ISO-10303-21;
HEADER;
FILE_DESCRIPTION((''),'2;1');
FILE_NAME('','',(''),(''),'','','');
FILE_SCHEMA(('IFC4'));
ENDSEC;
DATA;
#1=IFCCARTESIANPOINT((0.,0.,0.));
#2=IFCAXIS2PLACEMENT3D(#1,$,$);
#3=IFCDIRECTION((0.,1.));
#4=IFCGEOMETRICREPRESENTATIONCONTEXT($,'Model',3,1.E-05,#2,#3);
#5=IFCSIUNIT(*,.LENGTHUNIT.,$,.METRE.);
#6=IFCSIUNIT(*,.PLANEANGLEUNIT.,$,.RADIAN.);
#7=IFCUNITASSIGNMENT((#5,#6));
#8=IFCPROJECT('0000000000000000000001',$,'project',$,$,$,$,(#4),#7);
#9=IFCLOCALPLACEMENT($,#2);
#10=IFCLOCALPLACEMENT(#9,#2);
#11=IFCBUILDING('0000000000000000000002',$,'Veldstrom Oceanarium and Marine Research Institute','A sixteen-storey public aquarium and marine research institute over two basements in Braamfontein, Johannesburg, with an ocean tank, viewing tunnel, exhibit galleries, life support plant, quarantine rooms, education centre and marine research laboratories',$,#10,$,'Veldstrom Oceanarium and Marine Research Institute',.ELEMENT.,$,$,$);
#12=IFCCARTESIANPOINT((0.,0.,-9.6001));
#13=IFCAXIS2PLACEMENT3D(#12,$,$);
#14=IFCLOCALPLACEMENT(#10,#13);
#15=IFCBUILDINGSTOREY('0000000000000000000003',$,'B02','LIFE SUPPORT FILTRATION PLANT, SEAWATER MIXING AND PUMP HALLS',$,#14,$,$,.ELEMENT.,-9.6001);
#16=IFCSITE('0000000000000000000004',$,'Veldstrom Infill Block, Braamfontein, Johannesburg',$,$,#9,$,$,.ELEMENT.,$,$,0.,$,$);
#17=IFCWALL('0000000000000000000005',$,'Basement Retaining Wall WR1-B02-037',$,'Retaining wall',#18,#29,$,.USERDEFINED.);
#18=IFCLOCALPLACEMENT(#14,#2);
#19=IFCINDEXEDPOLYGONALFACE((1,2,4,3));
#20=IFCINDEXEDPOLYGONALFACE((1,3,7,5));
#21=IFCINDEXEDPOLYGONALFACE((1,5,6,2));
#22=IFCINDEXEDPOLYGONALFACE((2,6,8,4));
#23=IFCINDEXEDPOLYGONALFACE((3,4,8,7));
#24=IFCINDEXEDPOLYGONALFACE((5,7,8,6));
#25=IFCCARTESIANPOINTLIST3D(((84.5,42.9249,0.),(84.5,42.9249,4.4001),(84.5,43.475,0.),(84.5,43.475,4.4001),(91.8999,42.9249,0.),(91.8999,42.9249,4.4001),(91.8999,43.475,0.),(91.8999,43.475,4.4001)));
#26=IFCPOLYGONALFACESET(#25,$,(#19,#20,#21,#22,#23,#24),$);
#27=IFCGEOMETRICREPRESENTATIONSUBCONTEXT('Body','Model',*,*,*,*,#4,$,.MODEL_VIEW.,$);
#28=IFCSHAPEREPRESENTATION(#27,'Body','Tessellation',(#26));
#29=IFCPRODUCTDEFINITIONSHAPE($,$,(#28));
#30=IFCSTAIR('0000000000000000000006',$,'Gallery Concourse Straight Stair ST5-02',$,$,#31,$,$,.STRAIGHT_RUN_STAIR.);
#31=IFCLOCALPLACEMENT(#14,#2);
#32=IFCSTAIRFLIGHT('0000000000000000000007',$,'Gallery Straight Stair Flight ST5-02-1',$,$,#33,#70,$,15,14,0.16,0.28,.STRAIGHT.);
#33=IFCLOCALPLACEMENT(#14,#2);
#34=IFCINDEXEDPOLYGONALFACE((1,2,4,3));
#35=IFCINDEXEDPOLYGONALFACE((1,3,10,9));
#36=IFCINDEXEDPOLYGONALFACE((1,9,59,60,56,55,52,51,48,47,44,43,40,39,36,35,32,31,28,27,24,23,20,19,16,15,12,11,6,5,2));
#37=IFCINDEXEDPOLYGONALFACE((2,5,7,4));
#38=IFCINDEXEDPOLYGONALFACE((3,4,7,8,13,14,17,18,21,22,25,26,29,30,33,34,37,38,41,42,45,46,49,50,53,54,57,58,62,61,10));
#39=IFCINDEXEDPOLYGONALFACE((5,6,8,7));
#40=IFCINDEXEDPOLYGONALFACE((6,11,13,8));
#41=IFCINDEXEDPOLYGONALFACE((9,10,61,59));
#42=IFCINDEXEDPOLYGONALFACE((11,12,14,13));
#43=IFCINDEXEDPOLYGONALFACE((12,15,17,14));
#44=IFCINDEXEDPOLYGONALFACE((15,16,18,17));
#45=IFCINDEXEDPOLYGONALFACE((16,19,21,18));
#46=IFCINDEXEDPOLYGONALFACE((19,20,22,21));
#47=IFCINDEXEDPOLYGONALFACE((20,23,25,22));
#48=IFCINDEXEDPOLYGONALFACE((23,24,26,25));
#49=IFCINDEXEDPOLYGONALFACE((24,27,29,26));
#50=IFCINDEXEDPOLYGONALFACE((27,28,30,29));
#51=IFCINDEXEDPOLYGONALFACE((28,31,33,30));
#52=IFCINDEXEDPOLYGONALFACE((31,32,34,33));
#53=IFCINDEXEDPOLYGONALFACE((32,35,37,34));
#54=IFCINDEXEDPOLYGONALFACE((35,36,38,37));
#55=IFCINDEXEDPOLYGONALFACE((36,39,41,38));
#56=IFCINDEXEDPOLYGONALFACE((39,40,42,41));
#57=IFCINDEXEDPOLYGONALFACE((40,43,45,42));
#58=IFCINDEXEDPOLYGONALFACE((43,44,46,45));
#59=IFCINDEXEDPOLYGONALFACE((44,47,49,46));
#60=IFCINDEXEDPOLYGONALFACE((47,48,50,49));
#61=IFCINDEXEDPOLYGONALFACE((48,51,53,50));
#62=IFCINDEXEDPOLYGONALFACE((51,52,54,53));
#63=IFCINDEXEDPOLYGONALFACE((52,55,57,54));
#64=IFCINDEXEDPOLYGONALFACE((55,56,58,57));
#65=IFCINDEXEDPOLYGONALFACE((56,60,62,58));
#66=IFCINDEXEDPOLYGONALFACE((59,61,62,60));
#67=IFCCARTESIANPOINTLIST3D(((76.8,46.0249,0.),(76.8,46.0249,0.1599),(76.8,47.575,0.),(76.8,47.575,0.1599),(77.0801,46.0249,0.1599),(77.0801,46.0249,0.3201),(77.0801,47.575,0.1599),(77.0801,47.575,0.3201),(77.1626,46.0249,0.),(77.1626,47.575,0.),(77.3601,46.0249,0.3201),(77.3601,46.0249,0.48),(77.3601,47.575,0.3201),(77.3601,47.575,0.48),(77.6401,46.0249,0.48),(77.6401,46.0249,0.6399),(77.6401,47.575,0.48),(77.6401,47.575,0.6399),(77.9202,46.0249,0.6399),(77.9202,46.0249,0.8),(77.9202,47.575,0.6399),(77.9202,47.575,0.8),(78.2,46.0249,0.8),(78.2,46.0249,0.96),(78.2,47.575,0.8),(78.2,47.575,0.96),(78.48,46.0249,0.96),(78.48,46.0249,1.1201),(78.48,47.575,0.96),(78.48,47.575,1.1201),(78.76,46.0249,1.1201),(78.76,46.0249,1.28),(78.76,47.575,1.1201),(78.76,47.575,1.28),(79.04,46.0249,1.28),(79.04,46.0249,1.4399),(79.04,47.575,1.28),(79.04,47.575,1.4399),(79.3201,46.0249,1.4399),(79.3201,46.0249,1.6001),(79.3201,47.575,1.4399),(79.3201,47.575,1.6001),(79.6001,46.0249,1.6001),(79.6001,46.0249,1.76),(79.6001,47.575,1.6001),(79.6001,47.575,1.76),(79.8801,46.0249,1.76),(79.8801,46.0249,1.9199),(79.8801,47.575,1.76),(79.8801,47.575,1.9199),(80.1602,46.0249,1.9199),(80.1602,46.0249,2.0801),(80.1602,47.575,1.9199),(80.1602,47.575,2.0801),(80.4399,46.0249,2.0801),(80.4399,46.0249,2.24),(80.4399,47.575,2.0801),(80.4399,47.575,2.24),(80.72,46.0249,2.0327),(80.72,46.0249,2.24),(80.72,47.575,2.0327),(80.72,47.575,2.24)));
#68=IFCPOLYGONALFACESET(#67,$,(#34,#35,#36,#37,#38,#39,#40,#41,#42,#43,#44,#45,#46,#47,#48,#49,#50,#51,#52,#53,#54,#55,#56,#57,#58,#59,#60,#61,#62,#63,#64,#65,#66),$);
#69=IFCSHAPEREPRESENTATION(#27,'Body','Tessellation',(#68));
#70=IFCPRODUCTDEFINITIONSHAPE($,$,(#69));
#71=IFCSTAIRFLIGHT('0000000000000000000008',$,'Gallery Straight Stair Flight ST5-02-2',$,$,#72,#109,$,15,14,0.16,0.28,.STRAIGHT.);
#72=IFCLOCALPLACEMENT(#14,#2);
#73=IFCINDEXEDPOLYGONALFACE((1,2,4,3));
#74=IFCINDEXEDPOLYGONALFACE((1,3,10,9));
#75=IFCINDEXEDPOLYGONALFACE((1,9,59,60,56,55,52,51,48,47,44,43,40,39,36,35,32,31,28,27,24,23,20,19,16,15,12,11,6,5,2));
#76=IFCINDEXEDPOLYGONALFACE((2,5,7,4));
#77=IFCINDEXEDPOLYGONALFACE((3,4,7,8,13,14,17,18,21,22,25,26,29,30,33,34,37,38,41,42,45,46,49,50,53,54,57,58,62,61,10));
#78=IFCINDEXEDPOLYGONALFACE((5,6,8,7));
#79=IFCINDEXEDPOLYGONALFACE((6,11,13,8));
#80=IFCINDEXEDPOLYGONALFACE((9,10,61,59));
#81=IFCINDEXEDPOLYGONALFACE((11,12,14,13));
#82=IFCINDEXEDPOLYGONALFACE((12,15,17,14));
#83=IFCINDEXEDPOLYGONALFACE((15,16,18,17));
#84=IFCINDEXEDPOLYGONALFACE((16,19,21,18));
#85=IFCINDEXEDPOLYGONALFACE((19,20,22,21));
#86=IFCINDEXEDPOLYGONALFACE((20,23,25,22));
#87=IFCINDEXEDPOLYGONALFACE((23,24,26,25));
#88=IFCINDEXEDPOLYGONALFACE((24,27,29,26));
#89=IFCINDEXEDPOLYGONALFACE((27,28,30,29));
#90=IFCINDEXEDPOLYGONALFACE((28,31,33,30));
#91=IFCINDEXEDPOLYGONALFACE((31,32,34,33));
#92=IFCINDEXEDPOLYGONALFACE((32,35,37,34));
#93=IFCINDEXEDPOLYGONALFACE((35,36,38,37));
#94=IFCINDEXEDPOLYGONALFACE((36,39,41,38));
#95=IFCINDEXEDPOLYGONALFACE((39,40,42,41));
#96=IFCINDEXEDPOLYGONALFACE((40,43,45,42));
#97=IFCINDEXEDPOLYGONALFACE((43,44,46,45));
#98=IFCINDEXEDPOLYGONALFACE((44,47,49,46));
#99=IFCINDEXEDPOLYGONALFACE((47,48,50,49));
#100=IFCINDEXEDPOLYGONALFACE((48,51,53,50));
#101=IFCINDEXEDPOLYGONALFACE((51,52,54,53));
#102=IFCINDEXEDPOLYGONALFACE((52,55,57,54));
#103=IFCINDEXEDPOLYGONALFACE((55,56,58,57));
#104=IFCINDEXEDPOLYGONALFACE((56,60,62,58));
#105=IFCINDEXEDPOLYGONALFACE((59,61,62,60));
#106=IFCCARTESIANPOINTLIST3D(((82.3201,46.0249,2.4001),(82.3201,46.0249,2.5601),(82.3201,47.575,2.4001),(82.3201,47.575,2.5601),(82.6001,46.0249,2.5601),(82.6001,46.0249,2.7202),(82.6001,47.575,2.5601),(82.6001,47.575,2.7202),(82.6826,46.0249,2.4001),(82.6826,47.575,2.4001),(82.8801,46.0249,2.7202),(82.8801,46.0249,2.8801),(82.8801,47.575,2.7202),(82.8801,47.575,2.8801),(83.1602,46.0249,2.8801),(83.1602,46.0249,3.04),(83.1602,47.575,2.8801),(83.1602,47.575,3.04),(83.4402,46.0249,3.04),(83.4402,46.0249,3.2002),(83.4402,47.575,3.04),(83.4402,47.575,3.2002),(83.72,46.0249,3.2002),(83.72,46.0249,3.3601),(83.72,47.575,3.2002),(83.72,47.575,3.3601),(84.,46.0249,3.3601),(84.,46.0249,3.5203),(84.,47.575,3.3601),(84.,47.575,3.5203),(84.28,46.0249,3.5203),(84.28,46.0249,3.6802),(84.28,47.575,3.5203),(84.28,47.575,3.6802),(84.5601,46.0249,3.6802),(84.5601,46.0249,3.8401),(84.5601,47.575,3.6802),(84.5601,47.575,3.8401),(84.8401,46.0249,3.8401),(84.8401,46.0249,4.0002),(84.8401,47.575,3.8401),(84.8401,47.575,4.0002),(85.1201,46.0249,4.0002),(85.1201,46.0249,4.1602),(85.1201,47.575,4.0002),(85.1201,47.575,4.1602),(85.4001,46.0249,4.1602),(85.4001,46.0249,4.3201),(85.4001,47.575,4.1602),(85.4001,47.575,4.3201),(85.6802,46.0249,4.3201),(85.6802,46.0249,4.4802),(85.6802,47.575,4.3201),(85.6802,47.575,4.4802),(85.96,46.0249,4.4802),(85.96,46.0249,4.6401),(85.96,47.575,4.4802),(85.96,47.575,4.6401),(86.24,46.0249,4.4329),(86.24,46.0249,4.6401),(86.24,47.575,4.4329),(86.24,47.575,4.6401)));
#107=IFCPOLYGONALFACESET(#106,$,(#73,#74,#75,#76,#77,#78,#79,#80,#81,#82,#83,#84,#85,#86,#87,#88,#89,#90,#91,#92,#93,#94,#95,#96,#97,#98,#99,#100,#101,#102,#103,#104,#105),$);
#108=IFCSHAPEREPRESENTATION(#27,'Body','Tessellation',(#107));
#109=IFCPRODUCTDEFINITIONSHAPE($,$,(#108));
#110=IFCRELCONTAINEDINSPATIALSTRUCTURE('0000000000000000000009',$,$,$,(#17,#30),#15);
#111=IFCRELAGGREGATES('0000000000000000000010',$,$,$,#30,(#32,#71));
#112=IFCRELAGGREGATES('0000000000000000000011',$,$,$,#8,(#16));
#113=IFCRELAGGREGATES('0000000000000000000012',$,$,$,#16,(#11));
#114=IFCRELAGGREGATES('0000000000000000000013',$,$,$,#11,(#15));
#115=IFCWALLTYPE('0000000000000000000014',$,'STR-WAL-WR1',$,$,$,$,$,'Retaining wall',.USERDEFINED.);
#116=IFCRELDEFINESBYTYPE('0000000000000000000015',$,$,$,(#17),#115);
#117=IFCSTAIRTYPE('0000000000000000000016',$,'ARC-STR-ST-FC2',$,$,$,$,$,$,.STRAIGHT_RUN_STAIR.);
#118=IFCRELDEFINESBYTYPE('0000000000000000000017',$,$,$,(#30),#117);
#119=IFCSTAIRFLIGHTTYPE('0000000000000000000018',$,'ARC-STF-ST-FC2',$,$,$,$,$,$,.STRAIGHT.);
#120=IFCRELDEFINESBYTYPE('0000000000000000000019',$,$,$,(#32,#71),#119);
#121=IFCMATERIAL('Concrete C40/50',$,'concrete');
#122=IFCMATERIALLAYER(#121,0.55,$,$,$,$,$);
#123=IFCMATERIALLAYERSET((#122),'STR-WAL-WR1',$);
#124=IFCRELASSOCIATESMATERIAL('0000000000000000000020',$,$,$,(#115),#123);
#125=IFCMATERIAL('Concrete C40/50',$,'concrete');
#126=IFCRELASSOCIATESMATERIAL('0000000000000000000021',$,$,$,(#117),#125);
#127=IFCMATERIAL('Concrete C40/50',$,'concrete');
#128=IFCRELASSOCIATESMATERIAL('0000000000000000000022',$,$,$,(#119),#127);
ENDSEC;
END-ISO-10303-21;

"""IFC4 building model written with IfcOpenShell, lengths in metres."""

from ifc_helpers import new_model, si_unit, direction, frame, frame_2d, origin, place, context, subcontext, project, spatial, polyline, rectangle, outline, extrude, material, layer, layer_set, type_object, element, aggregate, save


model = new_model("IFC4")

# Units and contexts
model_context = context("Model", 3, precision=1e-05, world=origin(), true_north=direction((0.0, 1.0)))
body_context = subcontext(model_context, "Body", "Model", "MODEL_VIEW")
ifc_project = project(units=[si_unit("LENGTHUNIT", "METRE"), si_unit("PLANEANGLEUNIT", "RADIAN")], contexts=[model_context])

# Site, building, storey
site_placement = place(None, origin())
site = spatial("IfcSite", under=ifc_project, at=site_placement, Name="Veldstrom Infill Block, Braamfontein, Johannesburg", CompositionType="ELEMENT", RefElevation=0.0)
building_placement = place(site_placement, origin())
building = spatial("IfcBuilding", under=site, at=building_placement, Name="Veldstrom Oceanarium and Marine Research Institute", Description="A sixteen-storey public aquarium and marine research institute over two basements in Braamfontein, Johannesburg, with an ocean tank, viewing tunnel, exhibit galleries, life support plant, quarantine rooms, education centre and marine research laboratories", LongName="Veldstrom Oceanarium and Marine Research Institute", CompositionType="ELEMENT")
storey_placement = place(building_placement, frame((0.0, 0.0, -9.6001)))
storey = spatial("IfcBuildingStorey", under=building, at=storey_placement, Name="B02", Description="LIFE SUPPORT FILTRATION PLANT, SEAWATER MIXING AND PUMP HALLS", CompositionType="ELEMENT", Elevation=-9.6001)

# Wall
ifc_material_1 = material(Name="Concrete C40/50", Category="concrete")
ifc_layer_1 = layer(ifc_material_1, 0.55)
ifc_layer_set_1 = layer_set([ifc_layer_1], Name="STR-WAL-WR1")
wall_type = type_object("IfcWallType", Name="STR-WAL-WR1", ElementType="Retaining wall", PredefinedType="USERDEFINED", material=ifc_layer_set_1)
wall_placement = place(storey_placement, frame((84.5, 43.2, 0.0), z_axis=(0.0, 0.0, 1.0), x_axis=(1.0, 0.0, 0.0)))
element("IfcWall", 1, at=wall_placement, inside=storey, type_object=wall_type, Name="Basement Retaining Wall WR1-B02-037", ObjectType="Retaining wall", PredefinedType="USERDEFINED", context=body_context, shape_type="SweptSolid", body=[
    extrude(rectangle(XDim=7.3999, YDim=0.55, at=frame_2d((3.7, 0.0))), origin(), (0.0, 0.0, 1.0), 4.4001),
])

# Stair, stair flights
ifc_material_2 = material(Name="Concrete C40/50", Category="concrete")
stair_type = type_object("IfcStairType", Name="ARC-STR-ST-FC2", PredefinedType="STRAIGHT_RUN_STAIR", material=ifc_material_2)
stair_placement = place(storey_placement, origin())
stair = element("IfcStair", 2, at=stair_placement, inside=storey, type_object=stair_type, Name="Gallery Concourse Straight Stair ST5-02", PredefinedType="STRAIGHT_RUN_STAIR")
ifc_material_3 = material(Name="Concrete C40/50", Category="concrete")
stair_flight_type = type_object("IfcStairFlightType", Name="ARC-STF-ST-FC2", PredefinedType="STRAIGHT", material=ifc_material_3)
stair_flight_1_placement = place(storey_placement, frame((76.8, 46.8, 0.0), z_axis=(0.0, 0.0, 1.0), x_axis=(1.0, 0.0, 0.0)))
stair_flight_1 = element("IfcStairFlight", 3, at=stair_flight_1_placement, type_object=stair_flight_type, Name="Gallery Straight Stair Flight ST5-02-1", NumberOfRisers=15, NumberOfTreads=14, PredefinedType="STRAIGHT", RiserHeight=0.16, TreadLength=0.28, context=body_context, shape_type="SweptSolid", body=[
    extrude(outline(polyline([(0.0, 0.0), (0.0, 0.1599), (0.28, 0.1599), (0.28, 0.3201), (0.5601, 0.3201), (0.5601, 0.48), (0.8401, 0.48), (0.8401, 0.6399), (1.1201, 0.6399), (1.1201, 0.8), (1.3999, 0.8), (1.3999, 0.96), (1.6799, 0.96), (1.6799, 1.1201), (1.96, 1.1201), (1.96, 1.28), (2.24, 1.28), (2.24, 1.4399), (2.52, 1.4399), (2.52, 1.6001), (2.8, 1.6001), (2.8, 1.76), (3.0801, 1.76), (3.0801, 1.9199), (3.3601, 1.9199), (3.3601, 2.0801), (3.6399, 2.0801), (3.6399, 2.24), (3.9199, 2.24), (3.9199, 2.3999), (3.9199, 2.0327), (0.3625, 0.0), (0.0, 0.0)])), frame((0.0, 0.7749, 0.0), z_axis=(0.0, -1.0, 0.0), x_axis=(1.0, 0.0, 0.0)), (0.0, 0.0, 1.0), 1.55),
])
stair_flight_2_placement = place(storey_placement, frame((82.3201, 46.8, 2.4001), z_axis=(0.0, 0.0, 1.0), x_axis=(1.0, 0.0, 0.0)))
stair_flight_2 = element("IfcStairFlight", 4, at=stair_flight_2_placement, type_object=stair_flight_type, Name="Gallery Straight Stair Flight ST5-02-2", NumberOfRisers=15, NumberOfTreads=14, PredefinedType="STRAIGHT", RiserHeight=0.16, TreadLength=0.28, context=body_context, shape_type="SweptSolid", body=[
    extrude(outline(polyline([(0.0, 0.0), (0.0, 0.1599), (0.28, 0.1599), (0.28, 0.3201), (0.5601, 0.3201), (0.5601, 0.48), (0.8401, 0.48), (0.8401, 0.6399), (1.1201, 0.6399), (1.1201, 0.8), (1.3999, 0.8), (1.3999, 0.96), (1.6799, 0.96), (1.6799, 1.1201), (1.96, 1.1201), (1.96, 1.28), (2.24, 1.28), (2.24, 1.4399), (2.52, 1.4399), (2.52, 1.6001), (2.8, 1.6001), (2.8, 1.76), (3.0801, 1.76), (3.0801, 1.9199), (3.3601, 1.9199), (3.3601, 2.0801), (3.6399, 2.0801), (3.6399, 2.24), (3.9199, 2.24), (3.9199, 2.3999), (3.9199, 2.0327), (0.3625, 0.0), (0.0, 0.0)])), frame((0.0, 0.7749, 0.0), z_axis=(0.0, -1.0, 0.0), x_axis=(1.0, 0.0, 0.0)), (0.0, 0.0, 1.0), 1.55),
])
aggregate(stair, [stair_flight_1, stair_flight_2])

save(model, "model.ifc")
